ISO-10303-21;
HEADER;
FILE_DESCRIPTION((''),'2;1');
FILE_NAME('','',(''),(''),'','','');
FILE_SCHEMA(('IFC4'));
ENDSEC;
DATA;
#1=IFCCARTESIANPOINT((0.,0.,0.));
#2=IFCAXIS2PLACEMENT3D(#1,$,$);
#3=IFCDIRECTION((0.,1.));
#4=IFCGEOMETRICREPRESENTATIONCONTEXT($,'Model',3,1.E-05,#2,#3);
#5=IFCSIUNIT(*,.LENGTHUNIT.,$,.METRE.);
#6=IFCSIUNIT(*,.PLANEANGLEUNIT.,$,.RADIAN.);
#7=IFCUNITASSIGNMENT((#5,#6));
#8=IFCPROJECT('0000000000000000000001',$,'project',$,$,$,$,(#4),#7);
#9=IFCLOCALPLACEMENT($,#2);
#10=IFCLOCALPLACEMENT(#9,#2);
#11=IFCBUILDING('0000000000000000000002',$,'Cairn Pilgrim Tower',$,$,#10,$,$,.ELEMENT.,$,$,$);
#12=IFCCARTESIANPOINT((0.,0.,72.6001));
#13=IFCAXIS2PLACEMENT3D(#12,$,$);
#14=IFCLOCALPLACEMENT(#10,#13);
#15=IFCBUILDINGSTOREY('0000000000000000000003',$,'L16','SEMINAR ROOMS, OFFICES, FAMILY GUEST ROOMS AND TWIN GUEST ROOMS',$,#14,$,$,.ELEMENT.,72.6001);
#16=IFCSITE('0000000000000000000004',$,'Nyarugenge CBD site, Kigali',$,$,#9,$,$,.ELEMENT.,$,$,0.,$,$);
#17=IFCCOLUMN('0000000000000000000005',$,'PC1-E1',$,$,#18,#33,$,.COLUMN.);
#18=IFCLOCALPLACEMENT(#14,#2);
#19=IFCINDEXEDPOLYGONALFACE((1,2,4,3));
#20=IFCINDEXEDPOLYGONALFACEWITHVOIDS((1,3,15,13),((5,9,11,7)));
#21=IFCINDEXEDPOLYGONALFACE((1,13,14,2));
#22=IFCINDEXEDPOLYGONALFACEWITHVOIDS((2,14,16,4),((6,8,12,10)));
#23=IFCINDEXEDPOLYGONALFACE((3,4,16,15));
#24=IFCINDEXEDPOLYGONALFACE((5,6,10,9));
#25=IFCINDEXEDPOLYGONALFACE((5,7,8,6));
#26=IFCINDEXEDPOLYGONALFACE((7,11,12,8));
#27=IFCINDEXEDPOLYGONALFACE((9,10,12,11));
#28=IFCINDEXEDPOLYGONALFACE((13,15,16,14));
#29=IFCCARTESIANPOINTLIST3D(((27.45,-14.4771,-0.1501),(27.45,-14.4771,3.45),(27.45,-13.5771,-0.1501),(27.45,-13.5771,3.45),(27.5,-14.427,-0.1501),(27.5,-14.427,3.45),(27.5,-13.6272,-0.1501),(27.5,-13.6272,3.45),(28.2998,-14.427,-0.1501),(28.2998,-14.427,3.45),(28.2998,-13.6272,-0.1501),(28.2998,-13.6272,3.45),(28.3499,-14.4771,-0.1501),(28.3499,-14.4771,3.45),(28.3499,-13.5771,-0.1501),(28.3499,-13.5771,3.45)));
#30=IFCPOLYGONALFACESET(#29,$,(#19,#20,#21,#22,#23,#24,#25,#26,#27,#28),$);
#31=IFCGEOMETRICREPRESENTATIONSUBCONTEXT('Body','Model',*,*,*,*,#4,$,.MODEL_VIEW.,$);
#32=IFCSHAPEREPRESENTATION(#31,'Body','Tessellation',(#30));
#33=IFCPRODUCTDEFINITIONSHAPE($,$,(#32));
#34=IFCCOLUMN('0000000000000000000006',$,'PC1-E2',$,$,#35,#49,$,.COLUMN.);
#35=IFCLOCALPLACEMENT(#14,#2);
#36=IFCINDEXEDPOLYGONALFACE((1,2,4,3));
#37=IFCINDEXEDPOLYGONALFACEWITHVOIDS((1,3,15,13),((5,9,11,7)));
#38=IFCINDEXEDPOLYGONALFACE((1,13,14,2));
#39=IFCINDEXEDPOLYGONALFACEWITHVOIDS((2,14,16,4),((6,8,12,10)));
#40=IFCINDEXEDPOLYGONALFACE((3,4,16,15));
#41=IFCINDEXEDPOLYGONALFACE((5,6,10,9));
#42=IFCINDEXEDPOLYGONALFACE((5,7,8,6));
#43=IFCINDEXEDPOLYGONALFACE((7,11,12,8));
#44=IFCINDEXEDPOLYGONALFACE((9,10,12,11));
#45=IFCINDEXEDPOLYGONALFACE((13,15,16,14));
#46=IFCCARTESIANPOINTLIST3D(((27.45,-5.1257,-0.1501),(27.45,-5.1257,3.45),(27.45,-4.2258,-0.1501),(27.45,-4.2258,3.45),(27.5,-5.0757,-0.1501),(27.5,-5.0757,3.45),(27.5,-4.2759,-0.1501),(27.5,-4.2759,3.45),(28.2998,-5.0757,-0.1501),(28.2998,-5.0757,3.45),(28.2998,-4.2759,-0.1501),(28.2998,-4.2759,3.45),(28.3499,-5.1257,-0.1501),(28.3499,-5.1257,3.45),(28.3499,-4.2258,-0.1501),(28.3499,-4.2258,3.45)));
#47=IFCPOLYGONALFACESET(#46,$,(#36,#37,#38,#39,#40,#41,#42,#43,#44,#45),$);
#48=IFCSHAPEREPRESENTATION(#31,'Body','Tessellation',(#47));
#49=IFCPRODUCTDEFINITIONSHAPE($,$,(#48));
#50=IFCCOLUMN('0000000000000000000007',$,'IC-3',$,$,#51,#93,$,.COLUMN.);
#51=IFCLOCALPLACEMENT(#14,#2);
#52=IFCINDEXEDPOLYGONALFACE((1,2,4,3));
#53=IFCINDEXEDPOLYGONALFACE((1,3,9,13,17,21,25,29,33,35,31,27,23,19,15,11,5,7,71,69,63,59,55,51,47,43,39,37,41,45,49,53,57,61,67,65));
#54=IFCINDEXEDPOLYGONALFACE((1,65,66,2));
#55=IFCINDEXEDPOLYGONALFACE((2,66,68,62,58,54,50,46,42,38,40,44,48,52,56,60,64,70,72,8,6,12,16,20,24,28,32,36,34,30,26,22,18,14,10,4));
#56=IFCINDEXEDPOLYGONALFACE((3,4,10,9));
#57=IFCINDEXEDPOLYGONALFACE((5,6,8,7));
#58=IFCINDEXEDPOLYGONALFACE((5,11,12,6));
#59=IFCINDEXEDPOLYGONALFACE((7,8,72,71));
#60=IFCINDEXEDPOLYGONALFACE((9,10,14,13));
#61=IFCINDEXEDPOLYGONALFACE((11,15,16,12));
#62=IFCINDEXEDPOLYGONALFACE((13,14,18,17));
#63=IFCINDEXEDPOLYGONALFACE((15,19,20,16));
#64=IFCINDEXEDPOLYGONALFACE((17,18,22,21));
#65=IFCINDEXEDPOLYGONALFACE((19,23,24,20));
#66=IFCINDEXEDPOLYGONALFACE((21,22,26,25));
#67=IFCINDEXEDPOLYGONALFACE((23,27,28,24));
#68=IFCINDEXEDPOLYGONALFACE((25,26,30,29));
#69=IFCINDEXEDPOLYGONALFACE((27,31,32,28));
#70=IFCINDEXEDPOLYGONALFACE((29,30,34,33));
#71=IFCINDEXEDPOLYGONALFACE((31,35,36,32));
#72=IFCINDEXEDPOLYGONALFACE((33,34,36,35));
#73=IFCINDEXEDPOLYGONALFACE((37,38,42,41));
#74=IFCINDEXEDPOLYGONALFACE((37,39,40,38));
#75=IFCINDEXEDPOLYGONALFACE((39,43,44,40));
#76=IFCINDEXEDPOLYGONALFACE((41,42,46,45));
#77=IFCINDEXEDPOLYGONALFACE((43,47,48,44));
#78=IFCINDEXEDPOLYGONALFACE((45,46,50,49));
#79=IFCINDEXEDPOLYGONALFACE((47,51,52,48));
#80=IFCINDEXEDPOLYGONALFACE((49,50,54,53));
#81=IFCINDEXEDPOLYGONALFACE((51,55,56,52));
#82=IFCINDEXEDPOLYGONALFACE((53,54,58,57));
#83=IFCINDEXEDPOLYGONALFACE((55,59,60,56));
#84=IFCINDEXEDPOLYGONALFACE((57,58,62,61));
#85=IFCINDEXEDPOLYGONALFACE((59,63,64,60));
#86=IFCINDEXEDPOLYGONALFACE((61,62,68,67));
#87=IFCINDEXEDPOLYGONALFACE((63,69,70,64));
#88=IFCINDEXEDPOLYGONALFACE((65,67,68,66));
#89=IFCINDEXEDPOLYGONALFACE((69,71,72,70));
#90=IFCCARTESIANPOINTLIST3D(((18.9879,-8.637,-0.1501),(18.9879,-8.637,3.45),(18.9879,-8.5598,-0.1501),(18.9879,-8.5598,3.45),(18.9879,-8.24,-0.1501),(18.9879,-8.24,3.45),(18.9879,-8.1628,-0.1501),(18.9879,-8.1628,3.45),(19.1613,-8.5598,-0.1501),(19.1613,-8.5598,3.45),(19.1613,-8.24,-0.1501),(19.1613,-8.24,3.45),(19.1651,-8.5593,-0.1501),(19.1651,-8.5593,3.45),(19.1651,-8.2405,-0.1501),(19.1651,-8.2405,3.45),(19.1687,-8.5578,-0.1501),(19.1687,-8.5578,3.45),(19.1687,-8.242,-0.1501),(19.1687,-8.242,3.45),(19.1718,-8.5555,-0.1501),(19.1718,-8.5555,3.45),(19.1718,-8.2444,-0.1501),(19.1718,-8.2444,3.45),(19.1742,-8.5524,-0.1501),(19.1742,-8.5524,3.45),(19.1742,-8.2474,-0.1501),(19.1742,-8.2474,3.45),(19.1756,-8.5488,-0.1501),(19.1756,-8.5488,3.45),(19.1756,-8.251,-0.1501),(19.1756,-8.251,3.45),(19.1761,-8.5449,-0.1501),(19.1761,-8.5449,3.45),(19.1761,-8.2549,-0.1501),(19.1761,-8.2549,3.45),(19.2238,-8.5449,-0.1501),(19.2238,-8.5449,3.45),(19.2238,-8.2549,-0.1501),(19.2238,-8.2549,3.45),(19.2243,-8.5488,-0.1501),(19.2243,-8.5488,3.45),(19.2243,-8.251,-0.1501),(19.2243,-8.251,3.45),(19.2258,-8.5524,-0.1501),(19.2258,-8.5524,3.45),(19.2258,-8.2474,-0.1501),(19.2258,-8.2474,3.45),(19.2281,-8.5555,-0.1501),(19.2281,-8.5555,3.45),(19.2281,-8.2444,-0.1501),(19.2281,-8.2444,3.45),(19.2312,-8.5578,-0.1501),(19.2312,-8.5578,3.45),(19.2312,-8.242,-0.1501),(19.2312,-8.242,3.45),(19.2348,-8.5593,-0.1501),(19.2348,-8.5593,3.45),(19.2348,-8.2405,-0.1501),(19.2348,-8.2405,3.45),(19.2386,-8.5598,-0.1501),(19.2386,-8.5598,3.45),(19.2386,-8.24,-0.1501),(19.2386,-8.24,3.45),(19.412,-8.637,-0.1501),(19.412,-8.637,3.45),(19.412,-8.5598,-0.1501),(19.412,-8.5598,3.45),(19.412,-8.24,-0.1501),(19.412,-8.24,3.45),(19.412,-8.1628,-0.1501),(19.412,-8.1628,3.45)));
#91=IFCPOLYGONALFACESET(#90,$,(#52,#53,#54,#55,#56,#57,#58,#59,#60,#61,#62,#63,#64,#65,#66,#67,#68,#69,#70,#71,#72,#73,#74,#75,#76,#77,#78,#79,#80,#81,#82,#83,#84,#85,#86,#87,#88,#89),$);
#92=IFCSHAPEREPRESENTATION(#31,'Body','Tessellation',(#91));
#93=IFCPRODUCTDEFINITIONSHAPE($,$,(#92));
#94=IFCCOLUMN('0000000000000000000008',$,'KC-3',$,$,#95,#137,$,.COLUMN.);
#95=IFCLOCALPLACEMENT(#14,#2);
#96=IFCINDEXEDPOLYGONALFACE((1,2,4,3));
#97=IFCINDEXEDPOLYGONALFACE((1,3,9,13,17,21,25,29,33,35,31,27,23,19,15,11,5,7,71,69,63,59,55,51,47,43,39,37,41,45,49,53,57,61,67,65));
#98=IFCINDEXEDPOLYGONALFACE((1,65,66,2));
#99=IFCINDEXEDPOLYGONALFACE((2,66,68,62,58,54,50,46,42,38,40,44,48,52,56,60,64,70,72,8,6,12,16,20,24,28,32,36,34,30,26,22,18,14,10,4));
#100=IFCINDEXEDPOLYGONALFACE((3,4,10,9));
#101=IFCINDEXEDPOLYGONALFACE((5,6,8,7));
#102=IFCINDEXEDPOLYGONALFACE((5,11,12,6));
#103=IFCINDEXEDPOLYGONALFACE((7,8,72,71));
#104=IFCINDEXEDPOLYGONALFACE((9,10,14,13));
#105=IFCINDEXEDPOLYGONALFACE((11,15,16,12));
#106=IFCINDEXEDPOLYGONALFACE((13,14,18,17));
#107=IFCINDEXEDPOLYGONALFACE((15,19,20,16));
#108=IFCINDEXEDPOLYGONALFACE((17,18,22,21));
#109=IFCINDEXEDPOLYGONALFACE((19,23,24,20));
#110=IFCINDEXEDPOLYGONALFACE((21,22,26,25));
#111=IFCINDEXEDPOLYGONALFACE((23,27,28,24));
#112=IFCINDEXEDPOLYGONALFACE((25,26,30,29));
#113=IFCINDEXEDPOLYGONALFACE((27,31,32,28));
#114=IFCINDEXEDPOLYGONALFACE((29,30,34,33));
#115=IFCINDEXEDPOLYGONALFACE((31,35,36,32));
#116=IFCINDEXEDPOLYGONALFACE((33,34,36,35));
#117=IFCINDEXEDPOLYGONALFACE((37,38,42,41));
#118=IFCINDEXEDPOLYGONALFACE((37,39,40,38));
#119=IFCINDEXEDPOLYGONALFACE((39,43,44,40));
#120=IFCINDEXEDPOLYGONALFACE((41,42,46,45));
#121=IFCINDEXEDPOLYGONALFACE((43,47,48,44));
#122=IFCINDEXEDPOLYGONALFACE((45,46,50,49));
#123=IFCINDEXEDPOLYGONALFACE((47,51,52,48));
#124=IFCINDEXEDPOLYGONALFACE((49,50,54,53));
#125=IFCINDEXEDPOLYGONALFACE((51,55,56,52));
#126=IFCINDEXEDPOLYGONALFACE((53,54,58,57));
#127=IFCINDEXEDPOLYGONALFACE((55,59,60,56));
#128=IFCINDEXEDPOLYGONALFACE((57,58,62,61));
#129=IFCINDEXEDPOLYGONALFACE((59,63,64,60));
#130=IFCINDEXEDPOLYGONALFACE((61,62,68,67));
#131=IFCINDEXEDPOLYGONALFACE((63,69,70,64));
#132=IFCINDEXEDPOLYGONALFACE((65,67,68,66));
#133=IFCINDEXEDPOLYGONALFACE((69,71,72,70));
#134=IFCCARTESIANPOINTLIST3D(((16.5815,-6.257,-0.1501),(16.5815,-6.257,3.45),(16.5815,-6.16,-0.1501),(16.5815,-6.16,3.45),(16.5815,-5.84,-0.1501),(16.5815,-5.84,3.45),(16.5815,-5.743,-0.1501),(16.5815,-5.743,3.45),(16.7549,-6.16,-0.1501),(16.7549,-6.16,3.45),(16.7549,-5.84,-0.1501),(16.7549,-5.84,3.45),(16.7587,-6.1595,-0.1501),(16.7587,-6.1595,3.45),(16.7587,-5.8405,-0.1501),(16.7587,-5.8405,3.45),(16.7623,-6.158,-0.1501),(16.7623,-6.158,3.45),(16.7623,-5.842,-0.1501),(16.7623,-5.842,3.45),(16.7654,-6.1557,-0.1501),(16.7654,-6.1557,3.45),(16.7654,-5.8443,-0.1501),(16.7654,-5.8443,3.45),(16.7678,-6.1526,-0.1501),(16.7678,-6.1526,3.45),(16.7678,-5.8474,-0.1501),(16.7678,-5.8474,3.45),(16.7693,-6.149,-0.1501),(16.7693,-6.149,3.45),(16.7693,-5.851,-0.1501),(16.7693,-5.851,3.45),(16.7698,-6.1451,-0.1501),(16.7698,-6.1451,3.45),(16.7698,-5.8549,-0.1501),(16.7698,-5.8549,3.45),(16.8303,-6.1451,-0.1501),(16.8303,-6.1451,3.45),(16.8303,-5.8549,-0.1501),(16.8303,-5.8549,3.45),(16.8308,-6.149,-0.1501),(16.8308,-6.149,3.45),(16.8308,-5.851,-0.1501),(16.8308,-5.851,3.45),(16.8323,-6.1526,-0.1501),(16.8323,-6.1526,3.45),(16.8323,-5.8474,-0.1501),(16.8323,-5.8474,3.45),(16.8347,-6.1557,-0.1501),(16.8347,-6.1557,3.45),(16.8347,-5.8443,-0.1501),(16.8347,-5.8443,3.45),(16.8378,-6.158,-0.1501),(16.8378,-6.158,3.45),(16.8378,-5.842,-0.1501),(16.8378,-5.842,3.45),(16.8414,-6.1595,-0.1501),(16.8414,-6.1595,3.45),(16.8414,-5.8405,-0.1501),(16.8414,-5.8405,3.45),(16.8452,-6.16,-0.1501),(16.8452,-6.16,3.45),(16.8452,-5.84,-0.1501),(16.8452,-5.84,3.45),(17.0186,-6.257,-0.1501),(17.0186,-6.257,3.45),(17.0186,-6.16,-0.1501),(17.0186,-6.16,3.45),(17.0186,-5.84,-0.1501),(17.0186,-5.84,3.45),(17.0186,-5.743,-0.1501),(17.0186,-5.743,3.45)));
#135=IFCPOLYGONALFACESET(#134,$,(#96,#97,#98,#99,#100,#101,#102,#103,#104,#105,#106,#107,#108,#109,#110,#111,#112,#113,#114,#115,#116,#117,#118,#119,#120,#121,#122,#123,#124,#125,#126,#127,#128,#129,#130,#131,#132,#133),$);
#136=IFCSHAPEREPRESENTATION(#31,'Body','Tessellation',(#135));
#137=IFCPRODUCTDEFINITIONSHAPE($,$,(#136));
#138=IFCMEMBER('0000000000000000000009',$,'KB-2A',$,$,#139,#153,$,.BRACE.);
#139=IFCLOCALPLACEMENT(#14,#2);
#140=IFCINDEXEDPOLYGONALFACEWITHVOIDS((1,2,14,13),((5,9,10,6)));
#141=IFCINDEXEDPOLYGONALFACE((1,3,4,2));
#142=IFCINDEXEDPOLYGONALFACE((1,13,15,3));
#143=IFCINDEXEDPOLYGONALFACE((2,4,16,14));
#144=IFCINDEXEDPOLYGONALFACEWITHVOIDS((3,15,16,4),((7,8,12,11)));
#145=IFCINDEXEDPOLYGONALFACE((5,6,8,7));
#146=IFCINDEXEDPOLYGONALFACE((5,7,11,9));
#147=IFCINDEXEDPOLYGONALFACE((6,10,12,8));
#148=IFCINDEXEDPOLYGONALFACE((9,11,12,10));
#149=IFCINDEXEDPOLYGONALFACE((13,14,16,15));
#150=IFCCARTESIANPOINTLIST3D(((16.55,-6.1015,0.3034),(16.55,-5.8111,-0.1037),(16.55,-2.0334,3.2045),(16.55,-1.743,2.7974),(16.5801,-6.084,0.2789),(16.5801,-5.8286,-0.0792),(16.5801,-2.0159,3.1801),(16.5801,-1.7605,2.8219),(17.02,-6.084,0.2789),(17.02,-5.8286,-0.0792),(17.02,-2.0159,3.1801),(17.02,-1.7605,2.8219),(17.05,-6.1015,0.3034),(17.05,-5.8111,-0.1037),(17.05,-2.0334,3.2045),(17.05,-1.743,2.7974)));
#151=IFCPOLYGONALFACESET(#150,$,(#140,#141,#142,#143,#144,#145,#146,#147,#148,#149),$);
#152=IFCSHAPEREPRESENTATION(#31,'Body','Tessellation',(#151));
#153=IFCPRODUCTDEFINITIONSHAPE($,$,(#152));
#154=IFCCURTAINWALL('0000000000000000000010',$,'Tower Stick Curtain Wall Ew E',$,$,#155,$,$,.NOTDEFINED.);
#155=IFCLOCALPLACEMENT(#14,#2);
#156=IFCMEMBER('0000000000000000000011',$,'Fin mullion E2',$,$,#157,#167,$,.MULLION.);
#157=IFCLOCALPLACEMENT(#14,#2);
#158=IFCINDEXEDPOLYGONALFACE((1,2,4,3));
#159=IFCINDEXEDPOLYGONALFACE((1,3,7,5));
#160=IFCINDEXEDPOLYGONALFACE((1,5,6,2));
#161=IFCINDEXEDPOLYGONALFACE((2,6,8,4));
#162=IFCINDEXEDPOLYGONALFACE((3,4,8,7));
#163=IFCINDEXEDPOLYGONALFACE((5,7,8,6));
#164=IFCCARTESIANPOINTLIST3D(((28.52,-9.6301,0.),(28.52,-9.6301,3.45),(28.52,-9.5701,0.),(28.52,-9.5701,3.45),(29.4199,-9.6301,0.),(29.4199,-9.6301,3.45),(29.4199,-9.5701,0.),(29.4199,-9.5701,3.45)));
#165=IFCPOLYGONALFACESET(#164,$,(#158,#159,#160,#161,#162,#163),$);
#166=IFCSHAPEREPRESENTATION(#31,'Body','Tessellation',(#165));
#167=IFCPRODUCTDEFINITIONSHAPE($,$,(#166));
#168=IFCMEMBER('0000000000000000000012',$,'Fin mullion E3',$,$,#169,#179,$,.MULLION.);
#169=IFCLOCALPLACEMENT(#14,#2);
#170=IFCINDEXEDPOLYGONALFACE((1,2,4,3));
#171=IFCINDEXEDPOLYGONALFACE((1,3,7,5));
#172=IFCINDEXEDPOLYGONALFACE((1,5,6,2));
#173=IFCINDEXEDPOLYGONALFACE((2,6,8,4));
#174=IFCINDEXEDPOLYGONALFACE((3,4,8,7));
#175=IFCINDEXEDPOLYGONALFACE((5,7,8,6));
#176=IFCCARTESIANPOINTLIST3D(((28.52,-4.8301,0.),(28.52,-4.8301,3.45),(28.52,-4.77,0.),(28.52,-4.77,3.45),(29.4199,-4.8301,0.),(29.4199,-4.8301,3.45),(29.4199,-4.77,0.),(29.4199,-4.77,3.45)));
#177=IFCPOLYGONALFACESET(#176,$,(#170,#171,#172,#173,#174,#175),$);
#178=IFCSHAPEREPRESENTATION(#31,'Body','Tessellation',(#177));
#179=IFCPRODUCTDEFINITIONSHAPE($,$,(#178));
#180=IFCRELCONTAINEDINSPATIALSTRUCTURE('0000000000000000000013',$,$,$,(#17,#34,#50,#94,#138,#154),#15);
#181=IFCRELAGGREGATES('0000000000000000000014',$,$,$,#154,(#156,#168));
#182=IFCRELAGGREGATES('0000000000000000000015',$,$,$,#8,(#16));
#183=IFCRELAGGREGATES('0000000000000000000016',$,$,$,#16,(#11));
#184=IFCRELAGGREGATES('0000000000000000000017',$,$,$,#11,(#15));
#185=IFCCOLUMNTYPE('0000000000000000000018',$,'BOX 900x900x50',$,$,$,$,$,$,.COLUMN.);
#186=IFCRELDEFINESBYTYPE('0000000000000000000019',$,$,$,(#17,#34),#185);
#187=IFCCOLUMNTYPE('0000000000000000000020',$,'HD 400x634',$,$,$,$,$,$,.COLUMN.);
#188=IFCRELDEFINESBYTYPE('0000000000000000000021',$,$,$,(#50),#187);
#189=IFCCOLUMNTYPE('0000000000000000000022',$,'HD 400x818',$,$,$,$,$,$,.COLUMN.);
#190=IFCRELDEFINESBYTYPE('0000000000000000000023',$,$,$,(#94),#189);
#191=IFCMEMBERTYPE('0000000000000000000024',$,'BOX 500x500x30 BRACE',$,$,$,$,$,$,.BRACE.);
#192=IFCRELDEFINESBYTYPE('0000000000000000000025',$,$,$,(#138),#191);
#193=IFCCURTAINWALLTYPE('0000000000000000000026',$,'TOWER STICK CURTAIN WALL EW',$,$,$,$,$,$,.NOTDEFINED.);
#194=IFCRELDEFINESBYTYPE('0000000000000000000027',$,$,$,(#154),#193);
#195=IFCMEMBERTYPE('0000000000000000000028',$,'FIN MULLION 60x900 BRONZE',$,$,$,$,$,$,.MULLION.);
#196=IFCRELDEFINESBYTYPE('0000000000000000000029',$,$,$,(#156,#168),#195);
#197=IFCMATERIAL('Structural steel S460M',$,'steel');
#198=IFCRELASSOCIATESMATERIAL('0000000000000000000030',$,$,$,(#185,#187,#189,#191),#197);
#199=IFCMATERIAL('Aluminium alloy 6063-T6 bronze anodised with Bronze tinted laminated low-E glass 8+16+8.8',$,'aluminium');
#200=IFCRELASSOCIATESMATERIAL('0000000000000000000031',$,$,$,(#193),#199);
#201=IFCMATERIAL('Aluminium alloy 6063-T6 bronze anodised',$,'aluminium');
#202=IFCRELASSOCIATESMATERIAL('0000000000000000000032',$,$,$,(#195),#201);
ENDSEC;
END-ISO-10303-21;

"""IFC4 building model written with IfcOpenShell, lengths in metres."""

from ifc_helpers import new_model, si_unit, direction, frame, origin, origin_2d, place, context, subcontext, project, spatial, rectangle, hollow_rectangle, i_section, extrude, material, material_profile, profile_set, type_object, element, aggregate, save


model = new_model("IFC4")

# Units and contexts
model_context = context("Model", 3, precision=1e-05, world=origin(), true_north=direction((0.0, 1.0)))
body_context = subcontext(model_context, "Body", "Model", "MODEL_VIEW")
ifc_project = project(units=[si_unit("LENGTHUNIT", "METRE"), si_unit("PLANEANGLEUNIT", "RADIAN")], contexts=[model_context])

# Site, building, storey
site_placement = place(None, origin())
site = spatial("IfcSite", under=ifc_project, at=site_placement, Name="Nyarugenge CBD site, Kigali", CompositionType="ELEMENT", RefElevation=0.0)
building_placement = place(site_placement, origin())
building = spatial("IfcBuilding", under=site, at=building_placement, Name="Cairn Pilgrim Tower", CompositionType="ELEMENT")
storey_placement = place(building_placement, frame((0.0, 0.0, 72.6001)))
storey = spatial("IfcBuildingStorey", under=building, at=storey_placement, Name="L16", Description="SEMINAR ROOMS, OFFICES, FAMILY GUEST ROOMS AND TWIN GUEST ROOMS", CompositionType="ELEMENT", Elevation=72.6001)

# Columns
ifc_material_1 = material(Name="Structural steel S460M", Category="steel")
ifc_material_profile_1 = material_profile(ifc_material_1, hollow_rectangle(XDim=0.8999, YDim=0.8999, WallThickness=0.05, at=origin_2d()), Name="BOX 900x900x50")
ifc_profile_set_1 = profile_set([ifc_material_profile_1], Name="Structural steel S460M")
column_type_1 = type_object("IfcColumnType", Name="BOX 900x900x50", PredefinedType="COLUMN", material=ifc_profile_set_1)
for number, where, z_axis, x_axis, name in (
    (1, (27.8999, -14.0271, -0.1501), (0.0, 0.0, 1.0), (1.0, 0.0, 0.0), "PC1-E1"),
    (2, (27.8999, -4.6758, -0.1501), (0.0, 0.0, 1.0), (1.0, 0.0, 0.0), "PC1-E2"),
):
    element("IfcColumn", number, at=place(storey_placement, frame(where, z_axis=z_axis, x_axis=x_axis)), inside=storey, type_object=column_type_1, Name=name, PredefinedType="COLUMN", context=body_context, shape_type="SweptSolid", body=[
        extrude(hollow_rectangle(XDim=0.8999, YDim=0.8999, WallThickness=0.05, at=origin_2d()), origin(), (0.0, 0.0, 1.0), 3.6001),
    ])
ifc_material_profile_2 = material_profile(ifc_material_1, i_section(OverallWidth=0.4241, OverallDepth=0.4741, WebThickness=0.0476, FlangeThickness=0.0771, FilletRadius=0.0149, at=origin_2d()), Name="HD 400x634")
ifc_profile_set_2 = profile_set([ifc_material_profile_2], Name="Structural steel S460M")
column_type_2 = type_object("IfcColumnType", Name="HD 400x634", PredefinedType="COLUMN", material=ifc_profile_set_2)
column_1_placement = place(storey_placement, frame((19.2, -8.3999, -0.1501), z_axis=(0.0, 0.0, 1.0), x_axis=(1.0, 0.0, 0.0)))
element("IfcColumn", 3, at=column_1_placement, inside=storey, type_object=column_type_2, Name="IC-3", PredefinedType="COLUMN", context=body_context, shape_type="SweptSolid", body=[
    extrude(i_section(OverallWidth=0.4241, OverallDepth=0.4741, WebThickness=0.0476, FlangeThickness=0.0771, FilletRadius=0.0149, at=origin_2d()), origin(), (0.0, 0.0, 1.0), 3.6001),
])
ifc_material_profile_3 = material_profile(ifc_material_1, i_section(OverallWidth=0.437, OverallDepth=0.5139, WebThickness=0.0605, FlangeThickness=0.0969, FilletRadius=0.0149, at=origin_2d()), Name="HD 400x818")
ifc_profile_set_3 = profile_set([ifc_material_profile_3], Name="Structural steel S460M")
column_type_3 = type_object("IfcColumnType", Name="HD 400x818", PredefinedType="COLUMN", material=ifc_profile_set_3)
column_2_placement = place(storey_placement, frame((16.8, -6.0, -0.1501), z_axis=(0.0, 0.0, 1.0), x_axis=(1.0, 0.0, 0.0)))
element("IfcColumn", 4, at=column_2_placement, inside=storey, type_object=column_type_3, Name="KC-3", PredefinedType="COLUMN", context=body_context, shape_type="SweptSolid", body=[
    extrude(i_section(OverallWidth=0.437, OverallDepth=0.5139, WebThickness=0.0605, FlangeThickness=0.0969, FilletRadius=0.0149, at=origin_2d()), origin(), (0.0, 0.0, 1.0), 3.6001),
])

# Member
ifc_material_profile_4 = material_profile(ifc_material_1, hollow_rectangle(XDim=0.5, YDim=0.5, WallThickness=0.03, at=origin_2d()), Name="BOX 500x500x30")
ifc_profile_set_4 = profile_set([ifc_material_profile_4], Name="Structural steel S460M")
member_type_1 = type_object("IfcMemberType", Name="BOX 500x500x30 BRACE", PredefinedType="BRACE", material=ifc_profile_set_4)
member_1_placement = place(storey_placement, frame((16.8, -5.9563, 0.0999), z_axis=(0.0, 0.814176, 0.580619), x_axis=(-1.0, 0.0, 0.0)))
element("IfcMember", 5, at=member_1_placement, inside=storey, type_object=member_type_1, Name="KB-2A", PredefinedType="BRACE", context=body_context, shape_type="SweptSolid", body=[
    extrude(hollow_rectangle(XDim=0.5, YDim=0.5, WallThickness=0.03, at=origin_2d()), origin(), (0.0, 0.0, 1.0), 4.9966),
])

# Curtain wall, members
ifc_material_2 = material(Name="Aluminium alloy 6063-T6 bronze anodised with Bronze tinted laminated low-E glass 8+16+8.8", Category="aluminium")
curtain_wall_type = type_object("IfcCurtainWallType", Name="TOWER STICK CURTAIN WALL EW", PredefinedType="NOTDEFINED", material=ifc_material_2)
curtain_wall_placement = place(storey_placement, origin())
curtain_wall = element("IfcCurtainWall", 6, at=curtain_wall_placement, inside=storey, type_object=curtain_wall_type, Name="Tower Stick Curtain Wall Ew E", PredefinedType="NOTDEFINED")
ifc_material_3 = material(Name="Aluminium alloy 6063-T6 bronze anodised", Category="aluminium")
ifc_material_profile_5 = material_profile(ifc_material_3, rectangle(XDim=0.8999, YDim=0.0601, at=origin_2d()), Name="FIN MULLION 60x900 BRONZE")
ifc_profile_set_5 = profile_set([ifc_material_profile_5], Name="Aluminium alloy 6063-T6 bronze anodised")
member_type_2 = type_object("IfcMemberType", Name="FIN MULLION 60x900 BRONZE", PredefinedType="MULLION", material=ifc_profile_set_5)
member_2_placement = place(storey_placement, frame((28.97, -9.6001, 0.0), z_axis=(0.0, 0.0, 1.0), x_axis=(1.0, 0.0, 0.0)))
member_2 = element("IfcMember", 7, at=member_2_placement, type_object=member_type_2, Name="Fin mullion E2", PredefinedType="MULLION", context=body_context, shape_type="SweptSolid", body=[
    extrude(rectangle(XDim=0.8999, YDim=0.0601, at=origin_2d()), origin(), (0.0, 0.0, 1.0), 3.45),
])
member_3_placement = place(storey_placement, frame((28.97, -4.8, 0.0), z_axis=(0.0, 0.0, 1.0), x_axis=(1.0, 0.0, 0.0)))
member_3 = element("IfcMember", 8, at=member_3_placement, type_object=member_type_2, Name="Fin mullion E3", PredefinedType="MULLION", context=body_context, shape_type="SweptSolid", body=[
    extrude(rectangle(XDim=0.8999, YDim=0.0601, at=origin_2d()), origin(), (0.0, 0.0, 1.0), 3.45),
])

aggregate(curtain_wall, [member_2, member_3])

save(model, "model.ifc")
